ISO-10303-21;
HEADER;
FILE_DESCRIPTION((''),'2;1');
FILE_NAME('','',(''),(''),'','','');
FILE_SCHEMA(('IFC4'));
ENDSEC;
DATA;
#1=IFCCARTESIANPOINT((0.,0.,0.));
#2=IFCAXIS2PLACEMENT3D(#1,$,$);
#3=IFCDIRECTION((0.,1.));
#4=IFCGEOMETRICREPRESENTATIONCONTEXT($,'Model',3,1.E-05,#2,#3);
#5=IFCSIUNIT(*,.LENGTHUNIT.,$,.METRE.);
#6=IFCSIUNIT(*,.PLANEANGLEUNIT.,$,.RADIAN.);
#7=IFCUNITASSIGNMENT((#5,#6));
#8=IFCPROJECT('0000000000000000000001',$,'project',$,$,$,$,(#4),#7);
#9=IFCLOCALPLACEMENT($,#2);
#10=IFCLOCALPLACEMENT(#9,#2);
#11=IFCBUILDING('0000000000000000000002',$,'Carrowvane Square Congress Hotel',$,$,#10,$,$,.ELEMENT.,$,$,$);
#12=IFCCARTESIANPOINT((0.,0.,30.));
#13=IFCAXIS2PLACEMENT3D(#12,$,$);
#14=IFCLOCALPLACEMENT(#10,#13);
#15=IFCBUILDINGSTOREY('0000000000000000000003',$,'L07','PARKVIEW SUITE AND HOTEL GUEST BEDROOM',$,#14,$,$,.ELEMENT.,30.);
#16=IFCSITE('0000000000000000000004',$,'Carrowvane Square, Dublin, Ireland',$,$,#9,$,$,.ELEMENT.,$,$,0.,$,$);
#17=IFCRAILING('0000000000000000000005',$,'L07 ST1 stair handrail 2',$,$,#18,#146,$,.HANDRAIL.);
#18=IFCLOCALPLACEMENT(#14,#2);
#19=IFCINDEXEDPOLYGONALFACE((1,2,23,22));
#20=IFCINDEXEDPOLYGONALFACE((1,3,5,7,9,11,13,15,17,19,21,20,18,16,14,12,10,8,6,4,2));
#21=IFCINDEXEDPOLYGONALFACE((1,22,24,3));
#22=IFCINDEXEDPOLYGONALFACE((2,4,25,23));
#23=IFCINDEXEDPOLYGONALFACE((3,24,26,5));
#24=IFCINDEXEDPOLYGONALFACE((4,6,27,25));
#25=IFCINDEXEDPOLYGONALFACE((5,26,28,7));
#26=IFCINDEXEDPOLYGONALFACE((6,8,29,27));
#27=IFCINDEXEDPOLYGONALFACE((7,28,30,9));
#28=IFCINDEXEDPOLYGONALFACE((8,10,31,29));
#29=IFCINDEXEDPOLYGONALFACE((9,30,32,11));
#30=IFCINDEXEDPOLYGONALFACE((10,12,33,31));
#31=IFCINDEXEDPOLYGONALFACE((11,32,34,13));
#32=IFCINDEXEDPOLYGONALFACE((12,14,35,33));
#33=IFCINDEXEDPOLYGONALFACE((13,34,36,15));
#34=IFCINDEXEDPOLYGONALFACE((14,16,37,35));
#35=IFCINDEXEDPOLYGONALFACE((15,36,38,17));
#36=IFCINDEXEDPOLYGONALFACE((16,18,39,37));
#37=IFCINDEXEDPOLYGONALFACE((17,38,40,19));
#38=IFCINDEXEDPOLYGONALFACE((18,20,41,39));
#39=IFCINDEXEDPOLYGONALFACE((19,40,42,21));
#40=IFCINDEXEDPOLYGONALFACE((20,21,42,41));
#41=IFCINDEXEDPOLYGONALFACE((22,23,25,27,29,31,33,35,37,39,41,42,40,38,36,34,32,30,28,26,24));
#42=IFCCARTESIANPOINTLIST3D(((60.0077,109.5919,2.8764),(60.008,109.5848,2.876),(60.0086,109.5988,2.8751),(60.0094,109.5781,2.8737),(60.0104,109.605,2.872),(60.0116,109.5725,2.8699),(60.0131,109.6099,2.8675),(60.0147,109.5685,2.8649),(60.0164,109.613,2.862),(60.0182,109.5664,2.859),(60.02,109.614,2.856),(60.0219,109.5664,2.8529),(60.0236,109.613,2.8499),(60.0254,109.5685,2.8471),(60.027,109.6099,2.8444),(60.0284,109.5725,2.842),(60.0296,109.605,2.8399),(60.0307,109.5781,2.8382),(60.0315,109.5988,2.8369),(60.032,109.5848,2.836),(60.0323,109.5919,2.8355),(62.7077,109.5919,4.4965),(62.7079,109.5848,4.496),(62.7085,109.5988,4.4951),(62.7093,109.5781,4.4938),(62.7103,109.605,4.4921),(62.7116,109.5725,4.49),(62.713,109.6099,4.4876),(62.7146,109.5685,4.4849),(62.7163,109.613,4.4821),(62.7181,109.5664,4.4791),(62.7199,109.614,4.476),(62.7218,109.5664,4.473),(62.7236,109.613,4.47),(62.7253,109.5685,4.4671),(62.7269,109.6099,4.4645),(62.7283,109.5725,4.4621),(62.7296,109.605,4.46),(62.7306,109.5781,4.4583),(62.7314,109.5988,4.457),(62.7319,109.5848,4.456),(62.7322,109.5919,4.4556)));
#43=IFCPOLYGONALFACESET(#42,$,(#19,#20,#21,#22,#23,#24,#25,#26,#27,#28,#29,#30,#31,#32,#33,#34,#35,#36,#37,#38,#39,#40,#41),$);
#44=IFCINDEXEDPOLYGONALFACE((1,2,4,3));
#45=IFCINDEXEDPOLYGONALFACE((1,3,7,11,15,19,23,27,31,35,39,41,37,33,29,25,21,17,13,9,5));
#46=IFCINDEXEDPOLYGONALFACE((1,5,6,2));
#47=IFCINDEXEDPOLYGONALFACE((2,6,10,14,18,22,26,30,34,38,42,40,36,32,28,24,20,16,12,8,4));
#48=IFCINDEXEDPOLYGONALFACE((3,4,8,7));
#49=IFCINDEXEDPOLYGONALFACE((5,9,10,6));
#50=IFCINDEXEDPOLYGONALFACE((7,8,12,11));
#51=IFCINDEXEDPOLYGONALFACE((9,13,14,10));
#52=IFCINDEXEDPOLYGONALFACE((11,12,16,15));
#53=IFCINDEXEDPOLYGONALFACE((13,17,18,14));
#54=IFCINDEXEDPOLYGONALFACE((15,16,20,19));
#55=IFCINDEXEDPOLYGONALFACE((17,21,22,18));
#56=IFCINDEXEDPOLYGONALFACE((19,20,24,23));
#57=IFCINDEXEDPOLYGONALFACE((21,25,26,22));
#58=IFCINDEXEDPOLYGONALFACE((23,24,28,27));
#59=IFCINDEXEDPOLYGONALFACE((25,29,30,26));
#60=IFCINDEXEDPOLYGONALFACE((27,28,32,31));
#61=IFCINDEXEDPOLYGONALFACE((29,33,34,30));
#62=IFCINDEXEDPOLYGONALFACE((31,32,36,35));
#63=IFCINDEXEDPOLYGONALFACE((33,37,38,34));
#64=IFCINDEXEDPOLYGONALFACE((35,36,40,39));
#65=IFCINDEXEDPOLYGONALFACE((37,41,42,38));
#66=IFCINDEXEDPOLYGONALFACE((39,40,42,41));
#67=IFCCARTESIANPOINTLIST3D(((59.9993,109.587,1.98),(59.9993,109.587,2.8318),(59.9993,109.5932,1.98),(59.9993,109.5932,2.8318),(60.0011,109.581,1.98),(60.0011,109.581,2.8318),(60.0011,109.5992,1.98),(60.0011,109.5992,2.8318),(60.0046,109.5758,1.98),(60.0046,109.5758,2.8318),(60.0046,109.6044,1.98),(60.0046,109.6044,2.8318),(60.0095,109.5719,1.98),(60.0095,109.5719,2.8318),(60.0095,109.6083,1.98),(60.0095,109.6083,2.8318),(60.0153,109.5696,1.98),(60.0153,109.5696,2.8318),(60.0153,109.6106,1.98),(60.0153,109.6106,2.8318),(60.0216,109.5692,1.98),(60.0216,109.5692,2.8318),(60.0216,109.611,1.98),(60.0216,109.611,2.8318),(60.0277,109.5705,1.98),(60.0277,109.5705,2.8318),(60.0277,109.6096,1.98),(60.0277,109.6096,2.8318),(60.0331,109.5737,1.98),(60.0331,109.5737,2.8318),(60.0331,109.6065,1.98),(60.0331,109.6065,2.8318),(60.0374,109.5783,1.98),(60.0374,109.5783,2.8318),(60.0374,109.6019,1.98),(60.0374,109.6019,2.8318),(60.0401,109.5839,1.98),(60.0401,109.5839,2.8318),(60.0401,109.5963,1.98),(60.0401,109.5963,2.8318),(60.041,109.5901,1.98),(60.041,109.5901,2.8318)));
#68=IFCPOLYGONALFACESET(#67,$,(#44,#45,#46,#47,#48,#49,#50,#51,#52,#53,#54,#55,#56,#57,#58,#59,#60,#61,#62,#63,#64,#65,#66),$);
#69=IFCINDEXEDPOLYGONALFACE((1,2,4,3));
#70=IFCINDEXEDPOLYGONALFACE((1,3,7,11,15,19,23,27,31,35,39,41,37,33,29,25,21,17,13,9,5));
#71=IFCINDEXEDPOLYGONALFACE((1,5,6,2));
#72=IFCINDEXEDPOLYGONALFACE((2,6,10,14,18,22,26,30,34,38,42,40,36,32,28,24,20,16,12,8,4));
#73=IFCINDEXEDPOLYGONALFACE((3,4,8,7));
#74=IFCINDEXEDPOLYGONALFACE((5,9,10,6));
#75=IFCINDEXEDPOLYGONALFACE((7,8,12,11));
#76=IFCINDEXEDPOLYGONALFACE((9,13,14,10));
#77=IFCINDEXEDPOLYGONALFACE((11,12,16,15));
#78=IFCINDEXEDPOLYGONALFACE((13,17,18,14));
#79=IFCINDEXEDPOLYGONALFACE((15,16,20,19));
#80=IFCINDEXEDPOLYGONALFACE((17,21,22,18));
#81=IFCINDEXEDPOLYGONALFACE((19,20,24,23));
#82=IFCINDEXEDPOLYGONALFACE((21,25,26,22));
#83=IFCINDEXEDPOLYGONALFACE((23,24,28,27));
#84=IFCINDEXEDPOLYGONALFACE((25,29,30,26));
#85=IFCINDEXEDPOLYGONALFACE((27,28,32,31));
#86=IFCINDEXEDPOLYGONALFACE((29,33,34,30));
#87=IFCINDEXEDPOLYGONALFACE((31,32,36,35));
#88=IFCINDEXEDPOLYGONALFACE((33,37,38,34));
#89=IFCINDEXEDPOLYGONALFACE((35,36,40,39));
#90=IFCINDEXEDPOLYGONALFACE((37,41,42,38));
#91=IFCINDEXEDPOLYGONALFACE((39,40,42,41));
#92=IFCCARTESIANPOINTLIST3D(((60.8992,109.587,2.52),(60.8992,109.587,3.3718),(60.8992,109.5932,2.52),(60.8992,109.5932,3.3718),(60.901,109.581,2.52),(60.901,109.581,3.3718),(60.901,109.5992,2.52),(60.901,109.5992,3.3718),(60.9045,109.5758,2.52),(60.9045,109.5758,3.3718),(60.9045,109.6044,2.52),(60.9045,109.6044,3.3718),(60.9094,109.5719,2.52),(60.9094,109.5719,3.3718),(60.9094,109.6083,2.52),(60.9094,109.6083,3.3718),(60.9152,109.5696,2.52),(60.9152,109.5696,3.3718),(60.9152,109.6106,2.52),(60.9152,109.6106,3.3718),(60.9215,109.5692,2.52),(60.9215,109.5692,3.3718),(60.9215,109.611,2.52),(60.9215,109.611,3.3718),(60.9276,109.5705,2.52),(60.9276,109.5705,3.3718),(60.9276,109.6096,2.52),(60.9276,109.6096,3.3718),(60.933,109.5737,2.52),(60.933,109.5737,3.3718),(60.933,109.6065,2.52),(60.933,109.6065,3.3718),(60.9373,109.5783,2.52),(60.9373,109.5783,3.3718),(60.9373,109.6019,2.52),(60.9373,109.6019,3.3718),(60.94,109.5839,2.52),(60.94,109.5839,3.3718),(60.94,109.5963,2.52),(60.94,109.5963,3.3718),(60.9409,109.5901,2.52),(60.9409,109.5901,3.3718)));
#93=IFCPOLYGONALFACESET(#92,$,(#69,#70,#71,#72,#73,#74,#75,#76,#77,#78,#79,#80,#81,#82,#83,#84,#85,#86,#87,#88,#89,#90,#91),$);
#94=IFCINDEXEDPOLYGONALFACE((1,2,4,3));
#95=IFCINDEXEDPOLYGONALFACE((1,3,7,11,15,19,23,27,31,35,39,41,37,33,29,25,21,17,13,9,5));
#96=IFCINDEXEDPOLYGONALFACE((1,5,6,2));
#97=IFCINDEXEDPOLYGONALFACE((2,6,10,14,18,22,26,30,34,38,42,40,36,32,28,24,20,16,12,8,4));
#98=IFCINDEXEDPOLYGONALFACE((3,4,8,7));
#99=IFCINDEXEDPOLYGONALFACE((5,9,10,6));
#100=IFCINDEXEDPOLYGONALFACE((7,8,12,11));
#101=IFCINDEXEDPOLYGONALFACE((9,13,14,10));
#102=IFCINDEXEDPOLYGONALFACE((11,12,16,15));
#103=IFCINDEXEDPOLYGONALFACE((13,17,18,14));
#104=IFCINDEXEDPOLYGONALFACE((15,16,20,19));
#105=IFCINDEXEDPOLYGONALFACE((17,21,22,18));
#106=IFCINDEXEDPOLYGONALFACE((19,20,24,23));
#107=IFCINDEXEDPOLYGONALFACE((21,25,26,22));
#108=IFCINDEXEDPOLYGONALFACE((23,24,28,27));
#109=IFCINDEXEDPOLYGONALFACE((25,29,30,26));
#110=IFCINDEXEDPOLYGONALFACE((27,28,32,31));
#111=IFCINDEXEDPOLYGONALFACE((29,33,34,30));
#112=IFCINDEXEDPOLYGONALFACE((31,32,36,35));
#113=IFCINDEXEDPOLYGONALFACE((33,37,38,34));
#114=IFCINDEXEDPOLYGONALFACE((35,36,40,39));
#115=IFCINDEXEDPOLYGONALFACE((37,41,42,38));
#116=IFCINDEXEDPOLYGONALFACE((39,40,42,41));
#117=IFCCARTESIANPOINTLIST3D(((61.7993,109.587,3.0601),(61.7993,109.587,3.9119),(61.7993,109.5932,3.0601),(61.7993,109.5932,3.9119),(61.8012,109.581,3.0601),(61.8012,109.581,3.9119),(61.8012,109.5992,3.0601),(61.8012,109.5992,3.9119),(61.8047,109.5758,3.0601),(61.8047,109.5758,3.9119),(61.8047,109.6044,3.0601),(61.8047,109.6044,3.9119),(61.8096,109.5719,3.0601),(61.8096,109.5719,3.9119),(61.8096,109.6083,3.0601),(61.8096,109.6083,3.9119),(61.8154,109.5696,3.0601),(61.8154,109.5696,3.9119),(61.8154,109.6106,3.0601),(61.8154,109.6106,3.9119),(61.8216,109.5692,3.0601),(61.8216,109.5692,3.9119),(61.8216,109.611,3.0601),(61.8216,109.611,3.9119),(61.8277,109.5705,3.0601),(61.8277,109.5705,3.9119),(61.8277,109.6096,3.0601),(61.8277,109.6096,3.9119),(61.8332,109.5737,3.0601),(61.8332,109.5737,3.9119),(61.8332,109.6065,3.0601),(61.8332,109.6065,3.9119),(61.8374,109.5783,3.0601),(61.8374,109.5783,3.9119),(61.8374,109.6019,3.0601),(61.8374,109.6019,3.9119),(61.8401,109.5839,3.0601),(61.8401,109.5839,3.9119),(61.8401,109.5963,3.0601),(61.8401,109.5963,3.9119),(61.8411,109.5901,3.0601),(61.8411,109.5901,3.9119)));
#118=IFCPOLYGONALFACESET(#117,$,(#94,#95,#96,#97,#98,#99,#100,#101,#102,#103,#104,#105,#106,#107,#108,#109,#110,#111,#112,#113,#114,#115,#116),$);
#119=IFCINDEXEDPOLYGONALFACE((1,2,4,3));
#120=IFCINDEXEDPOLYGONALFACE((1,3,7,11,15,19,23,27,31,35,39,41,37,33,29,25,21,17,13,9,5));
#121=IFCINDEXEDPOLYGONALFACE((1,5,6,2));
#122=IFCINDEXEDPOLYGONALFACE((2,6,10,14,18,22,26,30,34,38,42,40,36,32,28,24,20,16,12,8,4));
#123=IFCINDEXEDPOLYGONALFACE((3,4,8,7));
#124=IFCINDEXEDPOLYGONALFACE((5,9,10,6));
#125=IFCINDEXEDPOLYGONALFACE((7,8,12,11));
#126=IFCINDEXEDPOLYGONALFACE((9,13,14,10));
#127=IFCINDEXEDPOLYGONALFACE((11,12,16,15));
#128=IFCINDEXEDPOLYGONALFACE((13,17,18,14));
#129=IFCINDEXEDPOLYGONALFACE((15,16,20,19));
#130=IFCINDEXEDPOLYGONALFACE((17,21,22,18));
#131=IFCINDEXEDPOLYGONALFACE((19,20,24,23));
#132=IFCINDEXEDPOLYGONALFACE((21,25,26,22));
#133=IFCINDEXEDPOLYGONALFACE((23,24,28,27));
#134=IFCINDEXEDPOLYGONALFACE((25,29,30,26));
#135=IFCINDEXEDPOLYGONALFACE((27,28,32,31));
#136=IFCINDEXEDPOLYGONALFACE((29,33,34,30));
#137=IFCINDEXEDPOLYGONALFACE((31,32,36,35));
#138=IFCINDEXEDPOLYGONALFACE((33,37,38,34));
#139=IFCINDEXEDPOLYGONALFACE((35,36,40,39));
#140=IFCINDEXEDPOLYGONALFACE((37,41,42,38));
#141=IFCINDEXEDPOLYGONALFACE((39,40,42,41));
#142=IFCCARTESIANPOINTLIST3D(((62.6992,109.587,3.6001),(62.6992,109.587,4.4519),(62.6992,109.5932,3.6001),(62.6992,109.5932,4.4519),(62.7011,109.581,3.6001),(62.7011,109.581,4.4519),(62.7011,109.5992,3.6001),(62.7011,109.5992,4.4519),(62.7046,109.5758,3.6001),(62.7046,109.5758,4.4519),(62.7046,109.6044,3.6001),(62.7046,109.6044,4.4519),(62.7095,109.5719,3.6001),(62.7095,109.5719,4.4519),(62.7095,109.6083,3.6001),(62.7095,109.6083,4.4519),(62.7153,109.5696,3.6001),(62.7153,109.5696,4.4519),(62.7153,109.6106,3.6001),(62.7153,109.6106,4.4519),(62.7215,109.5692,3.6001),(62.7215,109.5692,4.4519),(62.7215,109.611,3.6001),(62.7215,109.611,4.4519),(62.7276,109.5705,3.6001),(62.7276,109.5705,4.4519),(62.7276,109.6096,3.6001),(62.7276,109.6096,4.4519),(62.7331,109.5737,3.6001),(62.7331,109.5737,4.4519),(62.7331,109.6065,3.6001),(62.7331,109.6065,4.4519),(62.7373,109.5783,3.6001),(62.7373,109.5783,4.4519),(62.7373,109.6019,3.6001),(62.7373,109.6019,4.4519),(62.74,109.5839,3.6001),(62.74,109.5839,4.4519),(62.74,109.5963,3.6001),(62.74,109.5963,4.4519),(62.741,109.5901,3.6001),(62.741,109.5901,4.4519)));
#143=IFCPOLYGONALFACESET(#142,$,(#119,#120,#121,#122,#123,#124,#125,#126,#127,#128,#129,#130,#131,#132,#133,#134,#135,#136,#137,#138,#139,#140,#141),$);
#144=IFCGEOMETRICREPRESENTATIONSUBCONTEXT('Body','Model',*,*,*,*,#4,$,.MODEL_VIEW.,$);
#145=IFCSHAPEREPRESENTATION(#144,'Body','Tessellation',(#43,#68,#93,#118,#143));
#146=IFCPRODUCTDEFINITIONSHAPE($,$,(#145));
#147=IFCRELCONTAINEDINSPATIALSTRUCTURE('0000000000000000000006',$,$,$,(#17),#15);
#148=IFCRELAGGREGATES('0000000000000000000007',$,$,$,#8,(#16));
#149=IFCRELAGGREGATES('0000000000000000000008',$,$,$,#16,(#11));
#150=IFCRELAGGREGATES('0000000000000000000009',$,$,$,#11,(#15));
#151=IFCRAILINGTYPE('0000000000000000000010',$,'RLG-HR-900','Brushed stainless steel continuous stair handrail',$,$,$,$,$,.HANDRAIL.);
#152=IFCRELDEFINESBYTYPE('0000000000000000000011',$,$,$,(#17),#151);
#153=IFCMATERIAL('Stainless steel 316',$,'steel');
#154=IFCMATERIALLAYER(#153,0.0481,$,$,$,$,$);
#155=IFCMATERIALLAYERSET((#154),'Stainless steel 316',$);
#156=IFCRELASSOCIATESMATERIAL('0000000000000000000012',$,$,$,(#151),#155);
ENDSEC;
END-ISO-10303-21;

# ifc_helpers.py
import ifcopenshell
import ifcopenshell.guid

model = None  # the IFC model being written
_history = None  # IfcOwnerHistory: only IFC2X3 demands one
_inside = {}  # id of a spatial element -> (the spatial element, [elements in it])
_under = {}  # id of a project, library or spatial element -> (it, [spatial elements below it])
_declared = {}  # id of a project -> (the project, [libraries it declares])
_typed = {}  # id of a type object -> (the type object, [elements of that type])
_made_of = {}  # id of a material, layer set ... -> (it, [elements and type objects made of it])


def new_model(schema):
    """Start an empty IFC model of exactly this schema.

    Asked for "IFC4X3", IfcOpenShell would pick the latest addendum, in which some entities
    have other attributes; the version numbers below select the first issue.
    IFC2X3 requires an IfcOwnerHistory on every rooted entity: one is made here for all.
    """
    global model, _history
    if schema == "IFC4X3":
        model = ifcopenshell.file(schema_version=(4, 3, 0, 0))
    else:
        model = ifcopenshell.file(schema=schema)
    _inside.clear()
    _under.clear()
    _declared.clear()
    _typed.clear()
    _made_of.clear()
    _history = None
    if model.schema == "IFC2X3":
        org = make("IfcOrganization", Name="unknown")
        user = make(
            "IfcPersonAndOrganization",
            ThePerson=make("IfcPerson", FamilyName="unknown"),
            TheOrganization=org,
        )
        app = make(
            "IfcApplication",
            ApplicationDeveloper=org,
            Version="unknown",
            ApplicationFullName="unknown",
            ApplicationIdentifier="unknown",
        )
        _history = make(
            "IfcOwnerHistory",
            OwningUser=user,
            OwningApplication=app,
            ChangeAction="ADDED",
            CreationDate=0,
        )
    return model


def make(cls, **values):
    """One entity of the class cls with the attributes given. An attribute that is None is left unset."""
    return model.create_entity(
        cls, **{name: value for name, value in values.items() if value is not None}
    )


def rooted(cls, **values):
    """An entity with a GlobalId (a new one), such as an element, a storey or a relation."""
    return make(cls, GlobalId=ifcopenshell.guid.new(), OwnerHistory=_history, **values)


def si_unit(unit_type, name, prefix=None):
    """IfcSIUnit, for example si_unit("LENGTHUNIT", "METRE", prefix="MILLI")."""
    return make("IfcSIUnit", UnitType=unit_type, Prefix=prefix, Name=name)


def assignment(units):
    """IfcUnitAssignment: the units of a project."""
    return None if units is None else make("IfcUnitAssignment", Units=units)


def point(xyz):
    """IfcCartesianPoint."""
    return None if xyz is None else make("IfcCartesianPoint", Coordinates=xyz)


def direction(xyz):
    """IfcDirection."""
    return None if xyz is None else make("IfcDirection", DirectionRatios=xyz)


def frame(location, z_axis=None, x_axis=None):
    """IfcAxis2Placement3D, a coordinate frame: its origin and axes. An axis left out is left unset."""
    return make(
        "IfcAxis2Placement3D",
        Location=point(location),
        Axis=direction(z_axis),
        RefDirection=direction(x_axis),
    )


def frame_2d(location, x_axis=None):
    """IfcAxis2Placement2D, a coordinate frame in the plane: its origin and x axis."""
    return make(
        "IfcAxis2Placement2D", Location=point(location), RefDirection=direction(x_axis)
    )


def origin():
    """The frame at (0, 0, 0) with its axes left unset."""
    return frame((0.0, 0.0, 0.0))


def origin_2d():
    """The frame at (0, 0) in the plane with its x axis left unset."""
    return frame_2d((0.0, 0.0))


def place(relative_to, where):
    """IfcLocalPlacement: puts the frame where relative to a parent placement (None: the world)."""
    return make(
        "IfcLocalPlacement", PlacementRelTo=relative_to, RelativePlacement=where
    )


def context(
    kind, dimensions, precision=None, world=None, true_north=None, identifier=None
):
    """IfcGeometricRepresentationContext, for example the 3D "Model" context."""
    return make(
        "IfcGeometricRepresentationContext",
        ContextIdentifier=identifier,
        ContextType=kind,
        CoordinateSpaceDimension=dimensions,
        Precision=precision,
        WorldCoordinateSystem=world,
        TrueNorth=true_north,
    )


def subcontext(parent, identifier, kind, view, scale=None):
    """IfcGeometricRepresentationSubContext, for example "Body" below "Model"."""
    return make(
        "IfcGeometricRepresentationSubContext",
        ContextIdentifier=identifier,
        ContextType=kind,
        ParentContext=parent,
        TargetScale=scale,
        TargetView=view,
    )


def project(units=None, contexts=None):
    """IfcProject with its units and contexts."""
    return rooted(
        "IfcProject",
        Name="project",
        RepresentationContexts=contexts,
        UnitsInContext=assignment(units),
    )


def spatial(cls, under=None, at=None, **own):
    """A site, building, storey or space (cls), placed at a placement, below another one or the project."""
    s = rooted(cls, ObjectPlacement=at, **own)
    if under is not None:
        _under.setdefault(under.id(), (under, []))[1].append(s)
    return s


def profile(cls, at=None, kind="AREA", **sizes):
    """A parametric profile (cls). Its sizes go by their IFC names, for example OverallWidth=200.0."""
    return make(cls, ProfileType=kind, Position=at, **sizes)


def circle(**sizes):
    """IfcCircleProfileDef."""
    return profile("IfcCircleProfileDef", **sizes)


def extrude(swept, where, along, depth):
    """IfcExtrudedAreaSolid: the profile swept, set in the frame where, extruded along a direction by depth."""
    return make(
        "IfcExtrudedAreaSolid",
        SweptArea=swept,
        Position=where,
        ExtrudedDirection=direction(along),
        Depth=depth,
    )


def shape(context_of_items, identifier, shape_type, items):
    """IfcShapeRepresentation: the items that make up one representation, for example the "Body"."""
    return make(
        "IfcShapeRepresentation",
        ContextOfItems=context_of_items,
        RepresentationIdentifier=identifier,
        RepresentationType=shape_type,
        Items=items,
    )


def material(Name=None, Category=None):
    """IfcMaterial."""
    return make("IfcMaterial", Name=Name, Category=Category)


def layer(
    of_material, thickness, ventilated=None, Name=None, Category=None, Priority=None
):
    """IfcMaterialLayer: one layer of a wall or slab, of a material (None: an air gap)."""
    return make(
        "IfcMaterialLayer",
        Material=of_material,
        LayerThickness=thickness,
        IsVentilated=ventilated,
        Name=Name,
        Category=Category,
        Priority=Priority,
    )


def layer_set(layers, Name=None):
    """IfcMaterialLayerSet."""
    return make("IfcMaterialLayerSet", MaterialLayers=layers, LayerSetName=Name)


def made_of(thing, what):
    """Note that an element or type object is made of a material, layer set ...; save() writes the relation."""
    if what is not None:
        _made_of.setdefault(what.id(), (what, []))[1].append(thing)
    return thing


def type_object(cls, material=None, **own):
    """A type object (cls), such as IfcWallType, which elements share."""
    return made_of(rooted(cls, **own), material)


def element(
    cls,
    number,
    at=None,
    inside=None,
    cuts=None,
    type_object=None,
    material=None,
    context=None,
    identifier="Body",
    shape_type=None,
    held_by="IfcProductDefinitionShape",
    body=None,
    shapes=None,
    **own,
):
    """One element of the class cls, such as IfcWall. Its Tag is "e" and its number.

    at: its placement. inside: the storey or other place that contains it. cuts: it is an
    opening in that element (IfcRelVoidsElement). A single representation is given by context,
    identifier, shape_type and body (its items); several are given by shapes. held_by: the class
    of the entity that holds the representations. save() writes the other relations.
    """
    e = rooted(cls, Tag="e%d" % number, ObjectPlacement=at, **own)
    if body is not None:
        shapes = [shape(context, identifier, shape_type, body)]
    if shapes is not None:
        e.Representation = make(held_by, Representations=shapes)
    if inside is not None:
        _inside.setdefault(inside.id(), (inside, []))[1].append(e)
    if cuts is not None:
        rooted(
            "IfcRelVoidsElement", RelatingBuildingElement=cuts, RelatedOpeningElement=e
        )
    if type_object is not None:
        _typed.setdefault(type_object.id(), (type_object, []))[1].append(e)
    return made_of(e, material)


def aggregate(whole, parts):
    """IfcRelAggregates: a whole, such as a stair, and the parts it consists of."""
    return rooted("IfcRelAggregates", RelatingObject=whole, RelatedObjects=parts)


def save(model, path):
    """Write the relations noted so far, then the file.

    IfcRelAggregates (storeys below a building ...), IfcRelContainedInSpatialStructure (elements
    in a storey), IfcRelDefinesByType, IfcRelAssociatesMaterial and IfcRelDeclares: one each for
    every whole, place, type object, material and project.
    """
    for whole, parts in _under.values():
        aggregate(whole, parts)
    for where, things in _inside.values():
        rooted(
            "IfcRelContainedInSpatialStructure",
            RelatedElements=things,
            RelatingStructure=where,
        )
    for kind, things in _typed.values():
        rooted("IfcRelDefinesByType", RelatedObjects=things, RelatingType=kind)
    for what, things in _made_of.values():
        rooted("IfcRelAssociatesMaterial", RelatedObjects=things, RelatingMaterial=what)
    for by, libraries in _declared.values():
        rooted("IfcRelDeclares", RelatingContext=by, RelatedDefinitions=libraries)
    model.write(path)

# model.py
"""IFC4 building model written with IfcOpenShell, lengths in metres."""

from ifc_helpers import new_model, si_unit, direction, frame, origin, origin_2d, place, context, subcontext, project, spatial, circle, extrude, material, layer, layer_set, type_object, element, save


model = new_model("IFC4")

# Units and contexts
model_context = context("Model", 3, precision=1e-05, world=origin(), true_north=direction((0.0, 1.0)))
body_context = subcontext(model_context, "Body", "Model", "MODEL_VIEW")
ifc_project = project(units=[si_unit("LENGTHUNIT", "METRE"), si_unit("PLANEANGLEUNIT", "RADIAN")], contexts=[model_context])

# Site, building, storey
site_placement = place(None, origin())
site = spatial("IfcSite", under=ifc_project, at=site_placement, Name="Carrowvane Square, Dublin, Ireland", CompositionType="ELEMENT", RefElevation=0.0)
building_placement = place(site_placement, origin())
building = spatial("IfcBuilding", under=site, at=building_placement, Name="Carrowvane Square Congress Hotel", CompositionType="ELEMENT")
storey_placement = place(building_placement, frame((0.0, 0.0, 30.0)))
storey = spatial("IfcBuildingStorey", under=building, at=storey_placement, Name="L07", Description="PARKVIEW SUITE AND HOTEL GUEST BEDROOM", CompositionType="ELEMENT", Elevation=30.0)

# Railing
ifc_material_1 = material(Name="Stainless steel 316", Category="steel")
ifc_layer_1 = layer(ifc_material_1, 0.0481)
ifc_layer_set_1 = layer_set([ifc_layer_1], Name="Stainless steel 316")
railing_type_1 = type_object("IfcRailingType", Name="RLG-HR-900", Description="Brushed stainless steel continuous stair handrail", PredefinedType="HANDRAIL", material=ifc_layer_set_1)
railing_1_placement = place(storey_placement, frame((60.02, 109.5901, 1.98)))
element("IfcRailing", 1, at=railing_1_placement, inside=storey, type_object=railing_type_1, Name="L07 ST1 stair handrail 2", PredefinedType="HANDRAIL", context=body_context, shape_type="SweptSolid", body=[
    extrude(circle(Radius=0.0239, at=origin_2d()), frame((0.0, 0.0, 0.876), z_axis=(0.857472, 0.0, 0.51453), x_axis=(0.0, 1.0, 0.0)), (0.0, 0.0, 1.0), 3.1487),
    extrude(circle(Radius=0.021, at=origin_2d()), origin(), (0.0, 0.0, 1.0), 0.8518),
    extrude(circle(Radius=0.021, at=origin_2d()), frame((0.8999, 0.0, 0.54)), (0.0, 0.0, 1.0), 0.8518),
    extrude(circle(Radius=0.021, at=origin_2d()), frame((1.8, 0.0, 1.0801)), (0.0, 0.0, 1.0), 0.8518),
    extrude(circle(Radius=0.021, at=origin_2d()), frame((2.7, 0.0, 1.6201)), (0.0, 0.0, 1.0), 0.8518),
])

save(model, "model.ifc")
